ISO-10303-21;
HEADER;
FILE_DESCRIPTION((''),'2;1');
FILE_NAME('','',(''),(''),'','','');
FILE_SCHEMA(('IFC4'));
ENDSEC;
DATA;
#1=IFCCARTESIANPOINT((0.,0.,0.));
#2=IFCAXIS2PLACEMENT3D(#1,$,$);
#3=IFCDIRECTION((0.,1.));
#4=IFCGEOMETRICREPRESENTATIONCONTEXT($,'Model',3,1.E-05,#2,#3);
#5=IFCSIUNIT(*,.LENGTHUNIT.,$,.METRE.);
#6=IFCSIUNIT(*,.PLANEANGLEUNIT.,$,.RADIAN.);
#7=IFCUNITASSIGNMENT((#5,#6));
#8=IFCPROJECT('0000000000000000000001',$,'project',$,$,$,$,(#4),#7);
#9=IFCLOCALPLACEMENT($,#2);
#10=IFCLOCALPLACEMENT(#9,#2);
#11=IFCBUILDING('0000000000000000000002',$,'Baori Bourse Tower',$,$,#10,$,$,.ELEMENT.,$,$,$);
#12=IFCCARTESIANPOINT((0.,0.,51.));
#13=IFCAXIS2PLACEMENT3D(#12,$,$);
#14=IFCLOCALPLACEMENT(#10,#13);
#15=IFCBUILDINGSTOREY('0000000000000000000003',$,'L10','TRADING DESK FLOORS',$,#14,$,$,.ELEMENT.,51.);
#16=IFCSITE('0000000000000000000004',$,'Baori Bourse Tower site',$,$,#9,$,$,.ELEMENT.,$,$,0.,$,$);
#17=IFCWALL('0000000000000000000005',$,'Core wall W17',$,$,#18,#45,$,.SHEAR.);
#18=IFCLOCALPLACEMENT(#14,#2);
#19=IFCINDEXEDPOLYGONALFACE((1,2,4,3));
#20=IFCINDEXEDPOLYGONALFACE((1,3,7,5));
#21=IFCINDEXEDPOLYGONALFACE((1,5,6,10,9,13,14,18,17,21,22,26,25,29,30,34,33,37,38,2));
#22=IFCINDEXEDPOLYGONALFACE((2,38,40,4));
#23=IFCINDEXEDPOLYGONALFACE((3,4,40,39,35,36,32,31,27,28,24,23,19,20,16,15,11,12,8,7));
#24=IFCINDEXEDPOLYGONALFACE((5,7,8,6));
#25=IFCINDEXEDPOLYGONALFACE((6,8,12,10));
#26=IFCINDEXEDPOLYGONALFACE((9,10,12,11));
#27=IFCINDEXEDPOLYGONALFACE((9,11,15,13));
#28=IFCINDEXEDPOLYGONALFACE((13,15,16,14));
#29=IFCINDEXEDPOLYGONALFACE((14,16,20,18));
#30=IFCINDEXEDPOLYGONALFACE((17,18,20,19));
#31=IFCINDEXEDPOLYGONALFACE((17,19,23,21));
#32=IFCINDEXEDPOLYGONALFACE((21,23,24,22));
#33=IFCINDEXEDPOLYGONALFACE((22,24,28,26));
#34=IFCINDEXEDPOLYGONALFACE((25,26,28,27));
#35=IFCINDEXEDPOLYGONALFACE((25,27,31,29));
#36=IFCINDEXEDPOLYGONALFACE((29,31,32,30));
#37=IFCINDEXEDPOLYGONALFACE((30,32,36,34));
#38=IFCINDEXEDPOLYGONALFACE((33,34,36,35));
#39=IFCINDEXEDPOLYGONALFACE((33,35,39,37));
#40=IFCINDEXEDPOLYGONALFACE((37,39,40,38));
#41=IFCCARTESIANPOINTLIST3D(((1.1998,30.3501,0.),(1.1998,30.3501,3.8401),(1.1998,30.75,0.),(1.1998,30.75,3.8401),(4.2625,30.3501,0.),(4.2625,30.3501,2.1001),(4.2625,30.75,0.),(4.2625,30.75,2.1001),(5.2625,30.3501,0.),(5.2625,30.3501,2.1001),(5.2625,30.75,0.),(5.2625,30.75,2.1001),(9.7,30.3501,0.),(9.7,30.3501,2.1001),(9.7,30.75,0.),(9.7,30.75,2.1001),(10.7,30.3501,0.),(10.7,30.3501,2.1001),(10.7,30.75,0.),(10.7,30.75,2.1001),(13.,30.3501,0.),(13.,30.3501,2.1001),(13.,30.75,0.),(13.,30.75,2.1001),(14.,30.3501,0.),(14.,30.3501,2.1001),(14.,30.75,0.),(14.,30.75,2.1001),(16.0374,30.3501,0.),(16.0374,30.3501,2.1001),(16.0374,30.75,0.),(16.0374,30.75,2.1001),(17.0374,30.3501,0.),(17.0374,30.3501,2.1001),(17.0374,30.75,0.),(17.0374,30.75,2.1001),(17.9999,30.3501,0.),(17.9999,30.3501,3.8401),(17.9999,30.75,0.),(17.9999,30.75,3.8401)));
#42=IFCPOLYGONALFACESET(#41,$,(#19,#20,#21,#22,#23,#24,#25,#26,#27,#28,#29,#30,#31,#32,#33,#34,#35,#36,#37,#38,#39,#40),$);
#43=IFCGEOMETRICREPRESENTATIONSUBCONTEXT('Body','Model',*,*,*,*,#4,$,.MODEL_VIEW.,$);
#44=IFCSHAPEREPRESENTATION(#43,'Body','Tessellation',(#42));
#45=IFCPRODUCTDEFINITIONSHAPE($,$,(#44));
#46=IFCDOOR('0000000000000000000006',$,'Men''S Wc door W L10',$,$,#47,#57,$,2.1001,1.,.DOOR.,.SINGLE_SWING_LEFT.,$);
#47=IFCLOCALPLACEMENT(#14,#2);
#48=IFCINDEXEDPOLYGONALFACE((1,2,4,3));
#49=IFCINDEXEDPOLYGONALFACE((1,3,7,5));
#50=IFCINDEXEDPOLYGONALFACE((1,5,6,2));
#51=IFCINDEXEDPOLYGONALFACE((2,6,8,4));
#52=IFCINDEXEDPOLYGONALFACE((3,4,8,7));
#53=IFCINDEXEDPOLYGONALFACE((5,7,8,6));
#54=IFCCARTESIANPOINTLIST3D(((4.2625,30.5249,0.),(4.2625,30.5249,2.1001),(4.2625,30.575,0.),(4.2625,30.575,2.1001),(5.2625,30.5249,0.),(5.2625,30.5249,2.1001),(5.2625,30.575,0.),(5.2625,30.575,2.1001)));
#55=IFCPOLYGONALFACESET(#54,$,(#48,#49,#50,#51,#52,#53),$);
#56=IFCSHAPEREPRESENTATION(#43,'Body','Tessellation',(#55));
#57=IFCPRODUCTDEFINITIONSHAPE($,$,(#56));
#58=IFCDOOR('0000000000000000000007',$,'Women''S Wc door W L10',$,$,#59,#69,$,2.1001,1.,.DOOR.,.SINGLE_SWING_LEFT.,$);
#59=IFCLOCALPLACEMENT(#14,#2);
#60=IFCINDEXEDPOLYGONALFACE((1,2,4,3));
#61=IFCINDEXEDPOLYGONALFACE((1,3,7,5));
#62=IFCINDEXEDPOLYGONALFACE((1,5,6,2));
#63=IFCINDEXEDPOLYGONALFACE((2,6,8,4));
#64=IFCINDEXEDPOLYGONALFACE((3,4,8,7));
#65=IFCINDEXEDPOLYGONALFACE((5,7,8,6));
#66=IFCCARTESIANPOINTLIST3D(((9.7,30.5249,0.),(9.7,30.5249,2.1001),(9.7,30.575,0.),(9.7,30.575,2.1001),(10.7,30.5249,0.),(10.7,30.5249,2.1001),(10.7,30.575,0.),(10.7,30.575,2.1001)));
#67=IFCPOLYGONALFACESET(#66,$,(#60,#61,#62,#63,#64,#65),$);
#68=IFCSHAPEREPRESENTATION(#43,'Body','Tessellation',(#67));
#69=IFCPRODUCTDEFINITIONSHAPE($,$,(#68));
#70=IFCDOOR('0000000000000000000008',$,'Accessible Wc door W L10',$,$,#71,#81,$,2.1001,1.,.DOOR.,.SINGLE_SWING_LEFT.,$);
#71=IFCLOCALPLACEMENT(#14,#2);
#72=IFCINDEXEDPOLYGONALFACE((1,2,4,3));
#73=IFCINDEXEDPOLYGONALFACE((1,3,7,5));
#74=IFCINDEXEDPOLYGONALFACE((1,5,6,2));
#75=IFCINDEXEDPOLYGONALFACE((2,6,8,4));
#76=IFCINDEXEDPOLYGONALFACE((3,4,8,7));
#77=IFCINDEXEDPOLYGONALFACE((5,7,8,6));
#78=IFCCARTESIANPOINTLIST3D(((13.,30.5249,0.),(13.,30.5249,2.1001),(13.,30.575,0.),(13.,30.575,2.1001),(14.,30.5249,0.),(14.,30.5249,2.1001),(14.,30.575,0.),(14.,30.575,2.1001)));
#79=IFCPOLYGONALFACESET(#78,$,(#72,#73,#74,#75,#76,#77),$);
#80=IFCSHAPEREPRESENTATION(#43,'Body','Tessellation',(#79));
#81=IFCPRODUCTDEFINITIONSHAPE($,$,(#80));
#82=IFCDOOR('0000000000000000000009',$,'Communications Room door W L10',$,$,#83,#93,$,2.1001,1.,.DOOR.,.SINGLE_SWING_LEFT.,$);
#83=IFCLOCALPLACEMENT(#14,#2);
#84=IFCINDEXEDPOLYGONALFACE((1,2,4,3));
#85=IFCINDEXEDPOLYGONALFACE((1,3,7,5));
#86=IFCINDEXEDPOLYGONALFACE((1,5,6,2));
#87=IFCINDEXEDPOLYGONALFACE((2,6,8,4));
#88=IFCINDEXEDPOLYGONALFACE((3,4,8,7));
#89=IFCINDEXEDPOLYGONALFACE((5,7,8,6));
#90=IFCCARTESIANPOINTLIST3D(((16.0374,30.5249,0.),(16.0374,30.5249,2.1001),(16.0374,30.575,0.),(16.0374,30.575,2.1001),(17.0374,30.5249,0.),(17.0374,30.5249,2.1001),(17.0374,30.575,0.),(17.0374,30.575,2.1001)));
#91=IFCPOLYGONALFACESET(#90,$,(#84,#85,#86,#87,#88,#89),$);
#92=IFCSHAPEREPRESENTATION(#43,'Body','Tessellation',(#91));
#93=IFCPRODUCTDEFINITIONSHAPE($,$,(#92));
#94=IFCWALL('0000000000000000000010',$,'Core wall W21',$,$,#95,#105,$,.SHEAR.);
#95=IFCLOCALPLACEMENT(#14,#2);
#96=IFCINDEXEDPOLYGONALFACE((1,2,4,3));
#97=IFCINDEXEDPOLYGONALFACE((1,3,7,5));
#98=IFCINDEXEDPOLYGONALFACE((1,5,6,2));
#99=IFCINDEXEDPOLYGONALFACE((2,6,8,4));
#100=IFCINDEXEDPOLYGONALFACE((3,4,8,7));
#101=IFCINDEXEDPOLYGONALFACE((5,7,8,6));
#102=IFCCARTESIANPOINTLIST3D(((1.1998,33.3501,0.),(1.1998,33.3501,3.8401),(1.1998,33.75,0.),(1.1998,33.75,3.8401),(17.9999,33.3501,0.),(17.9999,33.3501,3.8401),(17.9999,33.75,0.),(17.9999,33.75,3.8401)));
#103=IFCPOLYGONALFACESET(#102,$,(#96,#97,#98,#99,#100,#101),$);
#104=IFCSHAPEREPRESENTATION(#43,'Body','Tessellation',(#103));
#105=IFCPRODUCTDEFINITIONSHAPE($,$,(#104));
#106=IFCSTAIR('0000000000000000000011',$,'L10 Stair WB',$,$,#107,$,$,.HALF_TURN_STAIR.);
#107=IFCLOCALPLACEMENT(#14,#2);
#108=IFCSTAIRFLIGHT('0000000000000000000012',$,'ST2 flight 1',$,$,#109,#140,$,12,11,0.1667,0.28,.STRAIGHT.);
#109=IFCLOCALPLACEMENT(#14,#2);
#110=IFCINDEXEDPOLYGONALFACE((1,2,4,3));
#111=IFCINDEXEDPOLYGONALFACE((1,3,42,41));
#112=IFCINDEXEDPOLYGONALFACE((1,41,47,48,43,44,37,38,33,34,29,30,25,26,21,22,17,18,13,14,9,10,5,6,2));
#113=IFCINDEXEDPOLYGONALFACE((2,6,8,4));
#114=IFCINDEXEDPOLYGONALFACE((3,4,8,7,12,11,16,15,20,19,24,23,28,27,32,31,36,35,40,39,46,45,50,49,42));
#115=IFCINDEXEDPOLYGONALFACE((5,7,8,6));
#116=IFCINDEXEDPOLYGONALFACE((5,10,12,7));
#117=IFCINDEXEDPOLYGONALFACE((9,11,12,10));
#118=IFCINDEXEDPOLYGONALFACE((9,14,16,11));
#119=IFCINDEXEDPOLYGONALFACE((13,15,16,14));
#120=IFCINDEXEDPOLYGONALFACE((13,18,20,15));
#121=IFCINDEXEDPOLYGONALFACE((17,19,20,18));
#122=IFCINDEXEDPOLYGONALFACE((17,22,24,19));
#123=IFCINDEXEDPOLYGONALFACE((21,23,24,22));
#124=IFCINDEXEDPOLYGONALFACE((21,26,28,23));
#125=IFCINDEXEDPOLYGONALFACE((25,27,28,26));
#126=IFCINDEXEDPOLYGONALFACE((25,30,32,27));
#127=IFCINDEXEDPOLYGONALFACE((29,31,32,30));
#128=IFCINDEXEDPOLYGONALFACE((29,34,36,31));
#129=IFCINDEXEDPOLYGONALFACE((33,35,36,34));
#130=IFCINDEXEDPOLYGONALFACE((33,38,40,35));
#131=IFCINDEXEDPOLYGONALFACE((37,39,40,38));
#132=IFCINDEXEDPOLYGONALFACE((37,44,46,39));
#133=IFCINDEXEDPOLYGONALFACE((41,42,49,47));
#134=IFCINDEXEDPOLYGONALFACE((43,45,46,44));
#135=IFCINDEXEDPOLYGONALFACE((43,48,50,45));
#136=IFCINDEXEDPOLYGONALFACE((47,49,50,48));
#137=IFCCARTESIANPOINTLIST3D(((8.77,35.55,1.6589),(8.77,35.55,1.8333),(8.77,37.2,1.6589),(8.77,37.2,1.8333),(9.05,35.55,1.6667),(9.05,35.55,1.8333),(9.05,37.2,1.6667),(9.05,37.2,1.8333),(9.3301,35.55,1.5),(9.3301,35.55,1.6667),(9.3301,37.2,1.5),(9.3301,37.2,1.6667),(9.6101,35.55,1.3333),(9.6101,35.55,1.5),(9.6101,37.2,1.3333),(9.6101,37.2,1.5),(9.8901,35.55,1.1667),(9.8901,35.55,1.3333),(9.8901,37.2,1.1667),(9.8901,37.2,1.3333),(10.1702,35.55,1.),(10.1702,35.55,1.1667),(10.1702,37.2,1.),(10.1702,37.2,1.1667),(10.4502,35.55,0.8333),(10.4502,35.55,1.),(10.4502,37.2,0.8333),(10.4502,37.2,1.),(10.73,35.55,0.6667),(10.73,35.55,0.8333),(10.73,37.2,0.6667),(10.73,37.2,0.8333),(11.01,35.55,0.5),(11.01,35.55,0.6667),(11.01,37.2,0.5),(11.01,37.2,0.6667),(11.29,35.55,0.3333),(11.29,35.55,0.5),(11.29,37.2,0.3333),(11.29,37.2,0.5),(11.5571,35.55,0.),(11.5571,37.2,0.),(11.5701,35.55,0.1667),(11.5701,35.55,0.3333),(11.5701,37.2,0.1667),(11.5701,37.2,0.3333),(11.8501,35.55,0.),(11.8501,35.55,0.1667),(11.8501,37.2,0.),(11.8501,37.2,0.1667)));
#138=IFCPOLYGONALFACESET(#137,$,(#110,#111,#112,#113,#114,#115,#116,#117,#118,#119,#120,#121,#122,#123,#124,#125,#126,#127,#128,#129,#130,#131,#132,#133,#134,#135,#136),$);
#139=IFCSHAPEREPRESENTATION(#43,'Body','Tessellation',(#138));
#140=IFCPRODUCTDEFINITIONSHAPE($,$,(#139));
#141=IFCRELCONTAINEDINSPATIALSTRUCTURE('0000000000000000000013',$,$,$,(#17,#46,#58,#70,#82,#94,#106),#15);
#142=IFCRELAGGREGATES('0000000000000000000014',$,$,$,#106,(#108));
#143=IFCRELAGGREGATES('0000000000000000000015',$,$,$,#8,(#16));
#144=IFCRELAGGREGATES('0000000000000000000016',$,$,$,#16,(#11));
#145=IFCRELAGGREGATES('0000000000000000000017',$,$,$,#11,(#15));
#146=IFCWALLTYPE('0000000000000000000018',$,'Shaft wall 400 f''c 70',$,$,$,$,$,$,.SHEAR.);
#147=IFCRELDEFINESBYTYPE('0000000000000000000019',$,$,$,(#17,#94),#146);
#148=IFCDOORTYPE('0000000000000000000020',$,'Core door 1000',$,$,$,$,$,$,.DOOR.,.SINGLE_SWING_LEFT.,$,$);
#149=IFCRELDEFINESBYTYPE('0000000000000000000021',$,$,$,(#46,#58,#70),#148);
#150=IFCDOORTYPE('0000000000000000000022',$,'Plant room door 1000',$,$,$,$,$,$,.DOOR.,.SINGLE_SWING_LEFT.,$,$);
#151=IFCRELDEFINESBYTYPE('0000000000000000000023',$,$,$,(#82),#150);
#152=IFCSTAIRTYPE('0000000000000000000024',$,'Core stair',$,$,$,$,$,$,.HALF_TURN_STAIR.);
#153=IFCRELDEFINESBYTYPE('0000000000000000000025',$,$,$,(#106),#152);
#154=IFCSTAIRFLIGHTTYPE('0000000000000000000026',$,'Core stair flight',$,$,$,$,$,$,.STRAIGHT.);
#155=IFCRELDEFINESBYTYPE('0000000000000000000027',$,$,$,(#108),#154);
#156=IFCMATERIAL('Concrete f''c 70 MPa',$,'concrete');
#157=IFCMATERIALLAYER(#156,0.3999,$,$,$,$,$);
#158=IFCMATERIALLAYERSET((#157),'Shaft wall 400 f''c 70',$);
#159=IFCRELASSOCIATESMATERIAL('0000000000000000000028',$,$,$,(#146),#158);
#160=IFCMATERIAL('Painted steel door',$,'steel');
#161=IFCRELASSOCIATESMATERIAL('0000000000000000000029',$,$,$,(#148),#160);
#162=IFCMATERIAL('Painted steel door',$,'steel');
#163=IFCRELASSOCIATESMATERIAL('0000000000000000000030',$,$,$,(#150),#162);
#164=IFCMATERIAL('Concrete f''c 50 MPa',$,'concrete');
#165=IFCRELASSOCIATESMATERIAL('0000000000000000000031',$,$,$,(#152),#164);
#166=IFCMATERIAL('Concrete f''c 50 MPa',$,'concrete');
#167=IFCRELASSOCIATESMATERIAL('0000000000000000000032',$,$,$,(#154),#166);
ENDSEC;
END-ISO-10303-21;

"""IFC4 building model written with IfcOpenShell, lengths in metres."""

from ifc_helpers import new_model, si_unit, direction, frame, frame_2d, origin, place, context, subcontext, project, spatial, polyline, rectangle, outline, extrude, material, layer, layer_set, type_object, element, fill, aggregate, save


model = new_model("IFC4")

# Units and contexts
model_context = context("Model", 3, precision=1e-05, world=origin(), true_north=direction((0.0, 1.0)))
body_context = subcontext(model_context, "Body", "Model", "MODEL_VIEW")
ifc_project = project(units=[si_unit("LENGTHUNIT", "METRE"), si_unit("PLANEANGLEUNIT", "RADIAN")], contexts=[model_context])

# Site, building, storey
site_placement = place(None, origin())
site = spatial("IfcSite", under=ifc_project, at=site_placement, Name="Baori Bourse Tower site", CompositionType="ELEMENT", RefElevation=0.0)
building_placement = place(site_placement, origin())
building = spatial("IfcBuilding", under=site, at=building_placement, Name="Baori Bourse Tower", CompositionType="ELEMENT")
storey_placement = place(building_placement, frame((0.0, 0.0, 51.0)))
storey = spatial("IfcBuildingStorey", under=building, at=storey_placement, Name="L10", Description="TRADING DESK FLOORS", CompositionType="ELEMENT", Elevation=51.0)

# Wall, openings, doors
ifc_material_1 = material(Name="Concrete f'c 70 MPa", Category="concrete")
ifc_layer_1 = layer(ifc_material_1, 0.3999)
ifc_layer_set_1 = layer_set([ifc_layer_1], Name="Shaft wall 400 f'c 70")
wall_type_1 = type_object("IfcWallType", Name="Shaft wall 400 f'c 70", PredefinedType="SHEAR", material=ifc_layer_set_1)
wall_1_placement = place(storey_placement, frame((1.2, 30.55, 0.0), z_axis=(0.0, 0.0, 1.0), x_axis=(1.0, 0.0, 0.0)))
wall_1 = element("IfcWall", 1, at=wall_1_placement, inside=storey, type_object=wall_type_1, Name="Core wall W17", PredefinedType="SHEAR", context=body_context, shape_type="SweptSolid", body=[
    extrude(rectangle(XDim=16.8, YDim=0.3999, at=frame_2d((8.3999, 0.0))), origin(), (0.0, 0.0, 1.0), 3.8401),
])
opening_1_placement = place(wall_1_placement, frame((3.0625, 0.0, 0.0)))
opening_1 = element("IfcOpeningElement", 2, at=opening_1_placement, cuts=wall_1, PredefinedType="OPENING", context=body_context, shape_type="SweptSolid", body=[
    extrude(rectangle(XDim=1.0, YDim=2.1001, at=frame_2d((0.5, 1.05))), frame((0.0, 0.21, 0.0), z_axis=(0.0, -1.0, 0.0), x_axis=(1.0, 0.0, 0.0)), (0.0, 0.0, 1.0), 0.4199),
])
opening_2_placement = place(wall_1_placement, frame((8.5, 0.0, 0.0)))
opening_2 = element("IfcOpeningElement", 3, at=opening_2_placement, cuts=wall_1, PredefinedType="OPENING", context=body_context, shape_type="SweptSolid", body=[
    extrude(rectangle(XDim=1.0, YDim=2.1001, at=frame_2d((0.5, 1.05))), frame((0.0, 0.21, 0.0), z_axis=(0.0, -1.0, 0.0), x_axis=(1.0, 0.0, 0.0)), (0.0, 0.0, 1.0), 0.4199),
])
opening_3_placement = place(wall_1_placement, frame((11.8, 0.0, 0.0)))
opening_3 = element("IfcOpeningElement", 4, at=opening_3_placement, cuts=wall_1, PredefinedType="OPENING", context=body_context, shape_type="SweptSolid", body=[
    extrude(rectangle(XDim=1.0, YDim=2.1001, at=frame_2d((0.5, 1.05))), frame((0.0, 0.21, 0.0), z_axis=(0.0, -1.0, 0.0), x_axis=(1.0, 0.0, 0.0)), (0.0, 0.0, 1.0), 0.4199),
])
opening_4_placement = place(wall_1_placement, frame((14.8374, 0.0, 0.0)))
opening_4 = element("IfcOpeningElement", 5, at=opening_4_placement, cuts=wall_1, PredefinedType="OPENING", context=body_context, shape_type="SweptSolid", body=[
    extrude(rectangle(XDim=1.0, YDim=2.1001, at=frame_2d((0.5, 1.05))), frame((0.0, 0.21, 0.0), z_axis=(0.0, -1.0, 0.0), x_axis=(1.0, 0.0, 0.0)), (0.0, 0.0, 1.0), 0.4199),
])
ifc_material_2 = material(Name="Painted steel door", Category="steel")
door_type_1 = type_object("IfcDoorType", Name="Core door 1000", OperationType="SINGLE_SWING_LEFT", PredefinedType="DOOR", material=ifc_material_2)
door_1_placement = place(opening_1_placement, origin())
door_1 = element("IfcDoor", 6, at=door_1_placement, inside=storey, type_object=door_type_1, Name="Men'S Wc door W L10", OperationType="SINGLE_SWING_LEFT", OverallHeight=2.1001, OverallWidth=1.0, PredefinedType="DOOR", context=body_context, shape_type="SweptSolid", body=[
    extrude(rectangle(XDim=1.0, YDim=2.1001, at=frame_2d((0.5, 1.05))), frame((0.0, 0.0249, 0.0), z_axis=(0.0, -1.0, 0.0), x_axis=(1.0, 0.0, 0.0)), (0.0, 0.0, 1.0), 0.05),
])
fill(opening_1, door_1)
door_2_placement = place(opening_2_placement, origin())
door_2 = element("IfcDoor", 7, at=door_2_placement, inside=storey, type_object=door_type_1, Name="Women'S Wc door W L10", OperationType="SINGLE_SWING_LEFT", OverallHeight=2.1001, OverallWidth=1.0, PredefinedType="DOOR", context=body_context, shape_type="SweptSolid", body=[
    extrude(rectangle(XDim=1.0, YDim=2.1001, at=frame_2d((0.5, 1.05))), frame((0.0, 0.0249, 0.0), z_axis=(0.0, -1.0, 0.0), x_axis=(1.0, 0.0, 0.0)), (0.0, 0.0, 1.0), 0.05),
])
fill(opening_2, door_2)
door_3_placement = place(opening_3_placement, origin())
door_3 = element("IfcDoor", 8, at=door_3_placement, inside=storey, type_object=door_type_1, Name="Accessible Wc door W L10", OperationType="SINGLE_SWING_LEFT", OverallHeight=2.1001, OverallWidth=1.0, PredefinedType="DOOR", context=body_context, shape_type="SweptSolid", body=[
    extrude(rectangle(XDim=1.0, YDim=2.1001, at=frame_2d((0.5, 1.05))), frame((0.0, 0.0249, 0.0), z_axis=(0.0, -1.0, 0.0), x_axis=(1.0, 0.0, 0.0)), (0.0, 0.0, 1.0), 0.05),
])
fill(opening_3, door_3)
ifc_material_3 = material(Name="Painted steel door", Category="steel")
door_type_2 = type_object("IfcDoorType", Name="Plant room door 1000", OperationType="SINGLE_SWING_LEFT", PredefinedType="DOOR", material=ifc_material_3)
door_4_placement = place(opening_4_placement, origin())
door_4 = element("IfcDoor", 9, at=door_4_placement, inside=storey, type_object=door_type_2, Name="Communications Room door W L10", OperationType="SINGLE_SWING_LEFT", OverallHeight=2.1001, OverallWidth=1.0, PredefinedType="DOOR", context=body_context, shape_type="SweptSolid", body=[
    extrude(rectangle(XDim=1.0, YDim=2.1001, at=frame_2d((0.5, 1.05))), frame((0.0, 0.0249, 0.0), z_axis=(0.0, -1.0, 0.0), x_axis=(1.0, 0.0, 0.0)), (0.0, 0.0, 1.0), 0.05),
])
fill(opening_4, door_4)

# Wall
wall_2_placement = place(storey_placement, frame((1.2, 33.55, 0.0), z_axis=(0.0, 0.0, 1.0), x_axis=(1.0, 0.0, 0.0)))
element("IfcWall", 10, at=wall_2_placement, inside=storey, type_object=wall_type_1, Name="Core wall W21", PredefinedType="SHEAR", context=body_context, shape_type="SweptSolid", body=[
    extrude(rectangle(XDim=16.8, YDim=0.3999, at=frame_2d((8.3999, 0.0))), origin(), (0.0, 0.0, 1.0), 3.8401),
])

# Stair, stair flight
ifc_material_4 = material(Name="Concrete f'c 50 MPa", Category="concrete")
stair_type = type_object("IfcStairType", Name="Core stair", PredefinedType="HALF_TURN_STAIR", material=ifc_material_4)
stair_placement = place(storey_placement, origin())
stair = element("IfcStair", 11, at=stair_placement, inside=storey, type_object=stair_type, Name="L10 Stair WB", PredefinedType="HALF_TURN_STAIR")
ifc_material_5 = material(Name="Concrete f'c 50 MPa", Category="concrete")
stair_flight_type = type_object("IfcStairFlightType", Name="Core stair flight", PredefinedType="STRAIGHT", material=ifc_material_5)
stair_flight_1_placement = place(storey_placement, frame((11.8501, 36.375, 0.0), z_axis=(0.0, 0.0, 1.0), x_axis=(-1.0, 0.0, 0.0)))
stair_flight_1 = element("IfcStairFlight", 12, at=stair_flight_1_placement, type_object=stair_flight_type, Name="ST2 flight 1", NumberOfRisers=12, NumberOfTreads=11, PredefinedType="STRAIGHT", RiserHeight=0.1667, TreadLength=0.28, context=body_context, shape_type="SweptSolid", body=[
    extrude(outline(polyline([(0.0, 0.0), (0.0, 0.1667), (0.28, 0.1667), (0.28, 0.3333), (0.5601, 0.3333), (0.5601, 0.5), (0.8401, 0.5), (0.8401, 0.6667), (1.1201, 0.6667), (1.1201, 0.8333), (1.3999, 0.8333), (1.3999, 1.0), (1.6799, 1.0), (1.6799, 1.1667), (1.96, 1.1667), (1.96, 1.3333), (2.24, 1.3333), (2.24, 1.5), (2.52, 1.5), (2.52, 1.6667), (2.8, 1.6667), (2.8, 1.8333), (3.0801, 1.8333), (3.0801, 2.0), (3.0801, 1.6589), (0.293, 0.0), (0.0, 0.0)])), frame((0.0, 0.825, 0.0), z_axis=(0.0, -1.0, 0.0), x_axis=(1.0, 0.0, 0.0)), (0.0, 0.0, 1.0), 1.6499),
])
aggregate(stair, [stair_flight_1])

save(model, "model.ifc")
